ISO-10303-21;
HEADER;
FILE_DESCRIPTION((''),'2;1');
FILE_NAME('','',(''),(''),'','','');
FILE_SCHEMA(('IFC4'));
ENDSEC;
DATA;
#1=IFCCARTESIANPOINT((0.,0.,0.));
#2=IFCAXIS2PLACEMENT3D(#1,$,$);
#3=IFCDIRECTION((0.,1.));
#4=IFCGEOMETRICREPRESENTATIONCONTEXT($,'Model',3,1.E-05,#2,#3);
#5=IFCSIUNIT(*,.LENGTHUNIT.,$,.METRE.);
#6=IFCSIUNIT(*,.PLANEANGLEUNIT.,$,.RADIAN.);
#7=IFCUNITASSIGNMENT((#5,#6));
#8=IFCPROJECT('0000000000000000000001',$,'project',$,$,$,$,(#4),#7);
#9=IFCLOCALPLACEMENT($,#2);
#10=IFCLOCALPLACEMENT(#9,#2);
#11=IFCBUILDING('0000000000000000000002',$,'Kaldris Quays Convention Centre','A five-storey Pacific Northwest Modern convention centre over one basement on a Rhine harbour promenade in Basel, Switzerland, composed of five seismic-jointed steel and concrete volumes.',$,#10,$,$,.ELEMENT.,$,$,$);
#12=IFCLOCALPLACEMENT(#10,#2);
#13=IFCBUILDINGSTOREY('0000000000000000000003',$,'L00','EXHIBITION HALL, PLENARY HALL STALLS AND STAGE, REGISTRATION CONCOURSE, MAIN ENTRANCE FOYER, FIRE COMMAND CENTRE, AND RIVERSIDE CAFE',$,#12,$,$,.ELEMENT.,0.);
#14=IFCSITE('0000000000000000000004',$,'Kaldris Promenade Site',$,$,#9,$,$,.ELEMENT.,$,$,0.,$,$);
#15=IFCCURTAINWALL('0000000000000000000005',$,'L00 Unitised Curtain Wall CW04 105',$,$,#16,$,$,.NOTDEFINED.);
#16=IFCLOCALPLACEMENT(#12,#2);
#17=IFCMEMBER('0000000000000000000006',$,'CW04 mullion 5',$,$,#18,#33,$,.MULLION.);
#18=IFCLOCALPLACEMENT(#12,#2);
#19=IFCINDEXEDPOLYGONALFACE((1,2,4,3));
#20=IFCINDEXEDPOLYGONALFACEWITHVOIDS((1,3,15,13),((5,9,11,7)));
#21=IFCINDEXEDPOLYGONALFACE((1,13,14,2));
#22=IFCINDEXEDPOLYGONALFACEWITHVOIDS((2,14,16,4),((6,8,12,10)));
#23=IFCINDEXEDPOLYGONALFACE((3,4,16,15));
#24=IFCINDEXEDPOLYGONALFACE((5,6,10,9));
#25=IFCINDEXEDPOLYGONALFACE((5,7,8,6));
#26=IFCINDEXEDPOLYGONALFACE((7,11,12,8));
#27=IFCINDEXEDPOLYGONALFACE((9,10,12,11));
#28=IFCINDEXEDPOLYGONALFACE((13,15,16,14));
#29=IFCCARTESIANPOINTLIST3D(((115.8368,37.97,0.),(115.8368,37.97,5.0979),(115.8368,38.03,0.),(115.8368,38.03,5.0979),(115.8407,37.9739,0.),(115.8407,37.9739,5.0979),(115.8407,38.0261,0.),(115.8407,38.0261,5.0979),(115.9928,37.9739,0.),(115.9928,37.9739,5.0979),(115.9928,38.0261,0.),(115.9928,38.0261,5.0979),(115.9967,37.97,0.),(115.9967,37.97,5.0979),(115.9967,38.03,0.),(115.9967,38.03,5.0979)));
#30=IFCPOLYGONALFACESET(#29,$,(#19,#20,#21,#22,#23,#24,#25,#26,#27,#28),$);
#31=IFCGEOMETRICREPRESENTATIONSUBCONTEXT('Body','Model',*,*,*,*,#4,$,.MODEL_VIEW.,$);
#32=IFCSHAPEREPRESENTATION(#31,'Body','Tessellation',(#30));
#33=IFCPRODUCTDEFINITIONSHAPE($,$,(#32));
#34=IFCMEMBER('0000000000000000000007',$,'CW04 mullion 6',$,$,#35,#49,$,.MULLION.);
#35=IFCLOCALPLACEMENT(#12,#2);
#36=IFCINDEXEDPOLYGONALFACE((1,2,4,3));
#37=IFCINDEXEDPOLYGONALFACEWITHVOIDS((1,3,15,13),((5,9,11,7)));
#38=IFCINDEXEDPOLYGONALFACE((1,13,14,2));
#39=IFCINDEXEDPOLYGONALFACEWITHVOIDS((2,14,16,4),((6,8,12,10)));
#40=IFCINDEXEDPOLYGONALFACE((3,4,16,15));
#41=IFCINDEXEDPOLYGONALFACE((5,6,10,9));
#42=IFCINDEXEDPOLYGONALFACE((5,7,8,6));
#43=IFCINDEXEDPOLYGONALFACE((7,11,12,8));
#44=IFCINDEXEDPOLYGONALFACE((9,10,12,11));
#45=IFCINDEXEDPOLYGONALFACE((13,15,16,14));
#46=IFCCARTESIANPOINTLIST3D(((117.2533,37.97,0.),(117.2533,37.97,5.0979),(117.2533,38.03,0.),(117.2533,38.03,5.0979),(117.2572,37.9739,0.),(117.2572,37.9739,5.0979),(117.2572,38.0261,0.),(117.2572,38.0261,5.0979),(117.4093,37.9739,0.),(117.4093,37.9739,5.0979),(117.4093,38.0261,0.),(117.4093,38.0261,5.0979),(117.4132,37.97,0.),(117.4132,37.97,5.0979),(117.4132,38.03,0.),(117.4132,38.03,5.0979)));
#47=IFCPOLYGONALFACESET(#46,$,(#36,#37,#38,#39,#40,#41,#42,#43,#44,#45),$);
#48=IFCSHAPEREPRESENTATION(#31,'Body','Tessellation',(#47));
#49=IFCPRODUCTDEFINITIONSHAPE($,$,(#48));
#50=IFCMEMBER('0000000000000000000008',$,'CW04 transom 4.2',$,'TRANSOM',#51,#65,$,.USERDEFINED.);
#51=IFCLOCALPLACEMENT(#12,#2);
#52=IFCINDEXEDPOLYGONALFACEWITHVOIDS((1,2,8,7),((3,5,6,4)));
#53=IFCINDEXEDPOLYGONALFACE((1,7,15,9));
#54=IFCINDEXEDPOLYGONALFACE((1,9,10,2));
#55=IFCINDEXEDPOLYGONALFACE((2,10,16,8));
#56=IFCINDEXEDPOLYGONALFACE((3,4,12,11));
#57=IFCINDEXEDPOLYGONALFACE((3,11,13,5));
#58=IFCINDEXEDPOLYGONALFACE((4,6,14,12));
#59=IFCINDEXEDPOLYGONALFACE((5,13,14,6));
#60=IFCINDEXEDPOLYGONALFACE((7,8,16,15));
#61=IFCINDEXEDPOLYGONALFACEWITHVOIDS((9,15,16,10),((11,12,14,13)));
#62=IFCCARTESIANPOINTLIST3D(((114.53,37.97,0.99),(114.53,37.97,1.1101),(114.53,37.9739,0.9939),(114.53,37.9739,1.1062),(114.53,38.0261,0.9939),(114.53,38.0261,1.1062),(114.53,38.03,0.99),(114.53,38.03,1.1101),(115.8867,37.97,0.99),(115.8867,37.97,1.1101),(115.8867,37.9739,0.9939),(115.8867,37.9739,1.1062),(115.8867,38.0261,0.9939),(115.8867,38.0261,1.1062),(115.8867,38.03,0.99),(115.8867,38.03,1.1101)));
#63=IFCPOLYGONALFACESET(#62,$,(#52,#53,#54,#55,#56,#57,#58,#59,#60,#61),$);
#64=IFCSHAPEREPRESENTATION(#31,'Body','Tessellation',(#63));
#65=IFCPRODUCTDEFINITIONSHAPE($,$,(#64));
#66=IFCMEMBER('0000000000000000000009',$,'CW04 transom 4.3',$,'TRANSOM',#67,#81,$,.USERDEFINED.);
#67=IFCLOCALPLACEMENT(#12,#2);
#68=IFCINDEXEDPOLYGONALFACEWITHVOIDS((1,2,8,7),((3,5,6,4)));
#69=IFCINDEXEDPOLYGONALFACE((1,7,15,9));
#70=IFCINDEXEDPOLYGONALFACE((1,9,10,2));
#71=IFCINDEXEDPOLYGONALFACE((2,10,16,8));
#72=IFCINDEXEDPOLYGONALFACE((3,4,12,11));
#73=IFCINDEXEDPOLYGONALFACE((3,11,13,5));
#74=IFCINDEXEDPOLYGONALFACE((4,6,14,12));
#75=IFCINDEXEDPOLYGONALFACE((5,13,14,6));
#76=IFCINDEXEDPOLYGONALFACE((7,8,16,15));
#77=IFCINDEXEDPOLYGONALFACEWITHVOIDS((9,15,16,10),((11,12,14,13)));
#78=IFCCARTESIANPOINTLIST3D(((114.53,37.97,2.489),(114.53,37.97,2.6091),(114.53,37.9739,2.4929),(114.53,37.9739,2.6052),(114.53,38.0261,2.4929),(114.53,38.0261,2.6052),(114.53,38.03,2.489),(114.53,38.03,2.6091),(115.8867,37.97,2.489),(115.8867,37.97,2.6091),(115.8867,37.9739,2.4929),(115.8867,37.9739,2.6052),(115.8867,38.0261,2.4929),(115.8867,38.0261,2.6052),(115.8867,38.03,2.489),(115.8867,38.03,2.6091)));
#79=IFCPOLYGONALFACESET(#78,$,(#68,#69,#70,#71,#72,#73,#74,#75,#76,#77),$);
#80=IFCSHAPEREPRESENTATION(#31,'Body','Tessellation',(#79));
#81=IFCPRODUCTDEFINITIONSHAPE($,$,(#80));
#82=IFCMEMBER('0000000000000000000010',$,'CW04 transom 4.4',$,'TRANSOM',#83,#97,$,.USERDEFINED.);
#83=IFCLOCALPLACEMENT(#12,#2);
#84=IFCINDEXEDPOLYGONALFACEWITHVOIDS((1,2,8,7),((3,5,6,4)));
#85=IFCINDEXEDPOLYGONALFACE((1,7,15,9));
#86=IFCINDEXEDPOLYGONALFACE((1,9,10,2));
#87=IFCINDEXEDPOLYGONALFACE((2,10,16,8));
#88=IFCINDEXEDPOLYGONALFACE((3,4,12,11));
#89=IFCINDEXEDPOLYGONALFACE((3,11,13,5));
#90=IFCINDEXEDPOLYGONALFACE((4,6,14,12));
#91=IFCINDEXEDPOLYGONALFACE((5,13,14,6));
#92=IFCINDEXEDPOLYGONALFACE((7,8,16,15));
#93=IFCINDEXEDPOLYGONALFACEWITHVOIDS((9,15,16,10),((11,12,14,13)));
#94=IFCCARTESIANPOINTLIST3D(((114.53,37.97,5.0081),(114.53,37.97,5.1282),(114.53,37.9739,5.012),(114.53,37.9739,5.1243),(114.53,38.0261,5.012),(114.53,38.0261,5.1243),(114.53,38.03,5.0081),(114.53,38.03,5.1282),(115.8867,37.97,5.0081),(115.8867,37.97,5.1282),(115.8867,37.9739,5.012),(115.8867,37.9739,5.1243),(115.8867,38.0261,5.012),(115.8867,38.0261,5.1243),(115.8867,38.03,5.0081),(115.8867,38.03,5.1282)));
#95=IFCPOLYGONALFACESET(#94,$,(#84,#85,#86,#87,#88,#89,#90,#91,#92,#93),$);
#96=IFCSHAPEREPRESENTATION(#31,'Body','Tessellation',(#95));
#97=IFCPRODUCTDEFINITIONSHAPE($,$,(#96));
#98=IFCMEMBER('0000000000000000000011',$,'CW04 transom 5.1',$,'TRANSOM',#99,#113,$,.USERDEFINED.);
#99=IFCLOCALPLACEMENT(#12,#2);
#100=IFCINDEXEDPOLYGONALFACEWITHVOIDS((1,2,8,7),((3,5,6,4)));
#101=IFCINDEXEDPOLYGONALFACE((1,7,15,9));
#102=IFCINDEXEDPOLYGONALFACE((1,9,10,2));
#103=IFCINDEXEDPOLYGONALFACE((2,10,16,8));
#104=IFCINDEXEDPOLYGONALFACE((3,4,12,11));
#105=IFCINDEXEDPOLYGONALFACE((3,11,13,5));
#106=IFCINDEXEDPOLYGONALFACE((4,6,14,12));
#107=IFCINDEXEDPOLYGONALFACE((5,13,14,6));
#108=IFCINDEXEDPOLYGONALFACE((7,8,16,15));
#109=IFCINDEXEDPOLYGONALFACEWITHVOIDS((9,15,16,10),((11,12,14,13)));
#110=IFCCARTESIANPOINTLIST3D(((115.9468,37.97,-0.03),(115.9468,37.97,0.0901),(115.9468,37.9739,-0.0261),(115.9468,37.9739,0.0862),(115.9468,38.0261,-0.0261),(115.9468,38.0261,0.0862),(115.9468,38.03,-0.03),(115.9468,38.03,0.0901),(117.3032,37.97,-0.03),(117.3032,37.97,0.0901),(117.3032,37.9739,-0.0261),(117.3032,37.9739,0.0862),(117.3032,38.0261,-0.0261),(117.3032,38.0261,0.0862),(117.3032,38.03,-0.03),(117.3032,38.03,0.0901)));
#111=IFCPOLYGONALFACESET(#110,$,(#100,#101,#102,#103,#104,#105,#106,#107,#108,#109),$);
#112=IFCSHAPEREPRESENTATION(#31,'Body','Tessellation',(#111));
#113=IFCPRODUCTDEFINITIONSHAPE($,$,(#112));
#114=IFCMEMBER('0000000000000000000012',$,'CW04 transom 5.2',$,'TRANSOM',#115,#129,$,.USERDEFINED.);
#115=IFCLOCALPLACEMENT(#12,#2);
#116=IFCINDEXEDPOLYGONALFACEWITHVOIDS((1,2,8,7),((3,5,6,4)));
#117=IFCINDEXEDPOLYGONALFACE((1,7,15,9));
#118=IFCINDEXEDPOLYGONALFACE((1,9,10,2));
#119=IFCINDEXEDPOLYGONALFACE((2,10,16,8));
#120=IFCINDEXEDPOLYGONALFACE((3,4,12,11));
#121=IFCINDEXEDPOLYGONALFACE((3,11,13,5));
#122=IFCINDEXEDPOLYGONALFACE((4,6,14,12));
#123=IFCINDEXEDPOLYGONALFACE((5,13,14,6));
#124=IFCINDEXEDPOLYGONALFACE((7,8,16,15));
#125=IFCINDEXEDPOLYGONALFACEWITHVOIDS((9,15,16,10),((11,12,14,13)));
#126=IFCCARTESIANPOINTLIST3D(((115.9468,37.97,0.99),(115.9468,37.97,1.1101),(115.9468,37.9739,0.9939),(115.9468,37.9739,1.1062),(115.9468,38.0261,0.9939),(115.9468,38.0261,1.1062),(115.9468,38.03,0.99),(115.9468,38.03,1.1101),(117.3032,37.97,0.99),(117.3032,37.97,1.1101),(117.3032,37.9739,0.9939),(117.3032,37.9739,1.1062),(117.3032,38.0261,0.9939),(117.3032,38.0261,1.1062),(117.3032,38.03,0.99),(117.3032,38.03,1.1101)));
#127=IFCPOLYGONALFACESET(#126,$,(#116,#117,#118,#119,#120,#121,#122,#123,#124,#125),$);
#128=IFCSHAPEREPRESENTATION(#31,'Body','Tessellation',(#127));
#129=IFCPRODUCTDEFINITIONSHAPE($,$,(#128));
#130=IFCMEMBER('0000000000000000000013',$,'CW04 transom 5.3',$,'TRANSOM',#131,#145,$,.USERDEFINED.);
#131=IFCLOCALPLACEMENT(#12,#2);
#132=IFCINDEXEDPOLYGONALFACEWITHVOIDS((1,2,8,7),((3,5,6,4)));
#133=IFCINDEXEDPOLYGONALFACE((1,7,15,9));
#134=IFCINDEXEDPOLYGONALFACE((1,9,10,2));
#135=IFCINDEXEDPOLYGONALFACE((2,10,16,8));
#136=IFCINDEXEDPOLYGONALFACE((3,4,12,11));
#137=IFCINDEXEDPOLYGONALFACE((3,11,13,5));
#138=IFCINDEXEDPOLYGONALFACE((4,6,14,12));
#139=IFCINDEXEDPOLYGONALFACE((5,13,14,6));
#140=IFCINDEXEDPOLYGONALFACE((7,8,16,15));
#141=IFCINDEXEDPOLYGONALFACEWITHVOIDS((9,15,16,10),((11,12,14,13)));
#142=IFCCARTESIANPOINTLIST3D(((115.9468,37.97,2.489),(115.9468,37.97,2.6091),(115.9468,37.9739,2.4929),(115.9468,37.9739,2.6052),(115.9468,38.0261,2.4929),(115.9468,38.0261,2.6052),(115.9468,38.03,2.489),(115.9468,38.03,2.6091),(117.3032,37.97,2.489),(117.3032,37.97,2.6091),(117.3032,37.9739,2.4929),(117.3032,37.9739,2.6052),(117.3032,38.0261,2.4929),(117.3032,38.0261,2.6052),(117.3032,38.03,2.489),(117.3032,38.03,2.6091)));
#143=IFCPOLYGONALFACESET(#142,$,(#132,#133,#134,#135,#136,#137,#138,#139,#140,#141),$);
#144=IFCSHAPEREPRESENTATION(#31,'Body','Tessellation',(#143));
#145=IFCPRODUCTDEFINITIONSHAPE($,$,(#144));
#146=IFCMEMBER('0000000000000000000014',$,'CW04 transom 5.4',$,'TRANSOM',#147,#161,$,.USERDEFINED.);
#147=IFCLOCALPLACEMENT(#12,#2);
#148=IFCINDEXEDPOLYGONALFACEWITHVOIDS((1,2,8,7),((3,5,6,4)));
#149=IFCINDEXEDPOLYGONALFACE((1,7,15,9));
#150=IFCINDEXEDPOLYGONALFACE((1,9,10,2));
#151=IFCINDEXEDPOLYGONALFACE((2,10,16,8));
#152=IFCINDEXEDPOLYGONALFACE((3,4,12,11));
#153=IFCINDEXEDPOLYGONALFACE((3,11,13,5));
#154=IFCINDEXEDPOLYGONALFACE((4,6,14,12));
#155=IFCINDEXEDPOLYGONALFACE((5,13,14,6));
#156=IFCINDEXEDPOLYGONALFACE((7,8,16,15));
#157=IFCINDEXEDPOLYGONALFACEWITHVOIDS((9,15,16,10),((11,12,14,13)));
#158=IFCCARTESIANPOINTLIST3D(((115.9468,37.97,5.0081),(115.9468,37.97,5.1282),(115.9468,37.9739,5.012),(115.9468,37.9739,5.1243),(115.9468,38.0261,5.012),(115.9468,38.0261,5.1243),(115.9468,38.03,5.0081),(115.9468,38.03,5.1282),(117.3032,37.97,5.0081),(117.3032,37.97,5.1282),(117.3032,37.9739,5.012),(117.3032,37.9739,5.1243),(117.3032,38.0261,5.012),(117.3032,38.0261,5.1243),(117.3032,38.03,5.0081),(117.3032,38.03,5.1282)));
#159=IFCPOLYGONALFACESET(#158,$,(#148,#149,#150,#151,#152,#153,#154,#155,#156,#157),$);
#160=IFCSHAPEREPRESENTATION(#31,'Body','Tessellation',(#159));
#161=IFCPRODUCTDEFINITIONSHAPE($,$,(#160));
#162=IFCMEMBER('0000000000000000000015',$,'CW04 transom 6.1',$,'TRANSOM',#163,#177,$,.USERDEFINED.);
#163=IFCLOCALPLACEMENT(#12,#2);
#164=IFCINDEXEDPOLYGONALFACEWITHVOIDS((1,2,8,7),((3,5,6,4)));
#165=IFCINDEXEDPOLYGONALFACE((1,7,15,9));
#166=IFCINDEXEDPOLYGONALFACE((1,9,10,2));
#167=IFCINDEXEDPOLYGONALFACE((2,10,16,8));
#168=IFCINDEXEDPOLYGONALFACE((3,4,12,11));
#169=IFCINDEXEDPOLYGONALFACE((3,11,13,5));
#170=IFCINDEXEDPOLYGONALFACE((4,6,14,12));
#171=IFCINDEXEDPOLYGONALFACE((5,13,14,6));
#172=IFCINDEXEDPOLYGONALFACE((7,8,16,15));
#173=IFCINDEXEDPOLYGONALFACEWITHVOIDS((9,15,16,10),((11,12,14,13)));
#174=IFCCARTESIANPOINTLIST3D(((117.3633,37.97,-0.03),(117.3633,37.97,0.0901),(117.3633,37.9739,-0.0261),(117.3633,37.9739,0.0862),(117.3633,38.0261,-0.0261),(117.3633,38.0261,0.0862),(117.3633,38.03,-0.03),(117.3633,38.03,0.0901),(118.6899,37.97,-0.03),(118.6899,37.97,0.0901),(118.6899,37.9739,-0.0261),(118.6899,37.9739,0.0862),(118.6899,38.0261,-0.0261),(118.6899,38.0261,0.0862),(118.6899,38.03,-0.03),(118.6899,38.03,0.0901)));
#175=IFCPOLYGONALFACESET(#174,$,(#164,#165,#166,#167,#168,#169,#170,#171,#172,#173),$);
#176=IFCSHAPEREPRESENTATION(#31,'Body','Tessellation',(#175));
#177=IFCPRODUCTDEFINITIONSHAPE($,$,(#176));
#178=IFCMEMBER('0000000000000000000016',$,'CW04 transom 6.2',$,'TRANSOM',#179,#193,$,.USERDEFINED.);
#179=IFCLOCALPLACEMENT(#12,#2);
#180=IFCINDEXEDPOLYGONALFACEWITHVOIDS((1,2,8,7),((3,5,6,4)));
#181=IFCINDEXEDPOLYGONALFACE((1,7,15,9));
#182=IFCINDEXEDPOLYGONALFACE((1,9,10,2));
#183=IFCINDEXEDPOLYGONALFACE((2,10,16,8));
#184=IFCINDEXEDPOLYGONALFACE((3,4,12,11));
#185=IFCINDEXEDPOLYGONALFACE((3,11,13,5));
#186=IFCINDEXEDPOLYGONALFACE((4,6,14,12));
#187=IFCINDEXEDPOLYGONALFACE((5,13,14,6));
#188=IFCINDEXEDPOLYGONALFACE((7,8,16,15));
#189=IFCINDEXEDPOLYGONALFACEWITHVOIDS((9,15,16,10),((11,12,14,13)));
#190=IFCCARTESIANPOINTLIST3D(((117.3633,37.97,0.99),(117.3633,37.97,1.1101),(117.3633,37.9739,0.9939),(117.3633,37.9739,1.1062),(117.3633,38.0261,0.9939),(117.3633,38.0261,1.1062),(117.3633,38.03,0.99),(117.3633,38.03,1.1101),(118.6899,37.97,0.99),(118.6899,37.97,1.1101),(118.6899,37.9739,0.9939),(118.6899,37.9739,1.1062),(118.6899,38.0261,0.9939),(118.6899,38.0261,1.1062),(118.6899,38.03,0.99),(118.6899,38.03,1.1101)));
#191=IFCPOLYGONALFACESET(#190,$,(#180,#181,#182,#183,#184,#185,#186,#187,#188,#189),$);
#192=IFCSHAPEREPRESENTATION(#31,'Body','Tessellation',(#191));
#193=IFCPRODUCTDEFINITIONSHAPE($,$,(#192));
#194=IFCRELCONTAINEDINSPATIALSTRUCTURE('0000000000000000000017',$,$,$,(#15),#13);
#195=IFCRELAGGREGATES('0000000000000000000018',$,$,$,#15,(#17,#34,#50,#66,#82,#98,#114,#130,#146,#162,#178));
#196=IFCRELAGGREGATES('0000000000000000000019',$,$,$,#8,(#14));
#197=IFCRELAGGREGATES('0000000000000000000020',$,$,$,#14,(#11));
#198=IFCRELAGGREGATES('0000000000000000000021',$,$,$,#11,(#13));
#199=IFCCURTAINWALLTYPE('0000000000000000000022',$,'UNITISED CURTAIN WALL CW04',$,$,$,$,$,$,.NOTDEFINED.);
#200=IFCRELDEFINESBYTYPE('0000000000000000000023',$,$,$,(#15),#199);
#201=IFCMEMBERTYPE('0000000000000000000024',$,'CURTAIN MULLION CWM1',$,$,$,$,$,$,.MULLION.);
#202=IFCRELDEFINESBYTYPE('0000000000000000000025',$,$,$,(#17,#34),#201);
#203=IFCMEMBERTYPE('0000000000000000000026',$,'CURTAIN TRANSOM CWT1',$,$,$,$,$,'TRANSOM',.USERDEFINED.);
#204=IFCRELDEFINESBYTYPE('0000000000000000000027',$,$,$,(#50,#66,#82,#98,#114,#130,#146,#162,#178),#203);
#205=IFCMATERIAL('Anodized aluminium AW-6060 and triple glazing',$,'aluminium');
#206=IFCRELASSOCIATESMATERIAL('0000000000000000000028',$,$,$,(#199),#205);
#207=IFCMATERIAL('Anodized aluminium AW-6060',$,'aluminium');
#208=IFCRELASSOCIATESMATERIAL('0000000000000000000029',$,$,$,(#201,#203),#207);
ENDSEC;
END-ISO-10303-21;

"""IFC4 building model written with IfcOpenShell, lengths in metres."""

from ifc_helpers import new_model, si_unit, direction, frame, origin, origin_2d, place, context, subcontext, project, spatial, hollow_rectangle, extrude, material, material_profile, profile_set, type_object, element, aggregate, save


model = new_model("IFC4")

# Units and contexts
model_context = context("Model", 3, precision=1e-05, world=origin(), true_north=direction((0.0, 1.0)))
body_context = subcontext(model_context, "Body", "Model", "MODEL_VIEW")
ifc_project = project(units=[si_unit("LENGTHUNIT", "METRE"), si_unit("PLANEANGLEUNIT", "RADIAN")], contexts=[model_context])

# Site, building, storey
site_placement = place(None, origin())
site = spatial("IfcSite", under=ifc_project, at=site_placement, Name="Kaldris Promenade Site", CompositionType="ELEMENT", RefElevation=0.0)
building_placement = place(site_placement, origin())
building = spatial("IfcBuilding", under=site, at=building_placement, Name="Kaldris Quays Convention Centre", Description="A five-storey Pacific Northwest Modern convention centre over one basement on a Rhine harbour promenade in Basel, Switzerland, composed of five seismic-jointed steel and concrete volumes.", CompositionType="ELEMENT")
storey_placement = place(building_placement, origin())
storey = spatial("IfcBuildingStorey", under=building, at=storey_placement, Name="L00", Description="EXHIBITION HALL, PLENARY HALL STALLS AND STAGE, REGISTRATION CONCOURSE, MAIN ENTRANCE FOYER, FIRE COMMAND CENTRE, AND RIVERSIDE CAFE", CompositionType="ELEMENT", Elevation=0.0)

# Curtain wall, members
ifc_material_1 = material(Name="Anodized aluminium AW-6060 and triple glazing", Category="aluminium")
curtain_wall_type = type_object("IfcCurtainWallType", Name="UNITISED CURTAIN WALL CW04", PredefinedType="NOTDEFINED", material=ifc_material_1)
curtain_wall_placement = place(storey_placement, origin())
curtain_wall = element("IfcCurtainWall", 1, at=curtain_wall_placement, inside=storey, type_object=curtain_wall_type, Name="L00 Unitised Curtain Wall CW04 105", PredefinedType="NOTDEFINED")
ifc_material_2 = material(Name="Anodized aluminium AW-6060", Category="aluminium")
ifc_material_profile_1 = material_profile(ifc_material_2, hollow_rectangle(XDim=0.0601, YDim=0.1599, WallThickness=0.0039, at=origin_2d()), Name="RHS 160x60x4")
ifc_profile_set_1 = profile_set([ifc_material_profile_1], Name="Anodized aluminium AW-6060")
member_type_1 = type_object("IfcMemberType", Name="CURTAIN MULLION CWM1", PredefinedType="MULLION", material=ifc_profile_set_1)
member_1_placement = place(storey_placement, frame((115.9167, 38.0, 0.0), z_axis=(0.0, 0.0, 1.0), x_axis=(0.0, 1.0, 0.0)))
member_1 = element("IfcMember", 2, at=member_1_placement, type_object=member_type_1, Name="CW04 mullion 5", PredefinedType="MULLION", context=body_context, shape_type="SweptSolid", body=[
    extrude(hollow_rectangle(XDim=0.0601, YDim=0.1599, WallThickness=0.0039, at=origin_2d()), origin(), (0.0, 0.0, 1.0), 5.0979),
])
member_2_placement = place(storey_placement, frame((117.3333, 38.0, 0.0), z_axis=(0.0, 0.0, 1.0), x_axis=(0.0, 1.0, 0.0)))
member_2 = element("IfcMember", 3, at=member_2_placement, type_object=member_type_1, Name="CW04 mullion 6", PredefinedType="MULLION", context=body_context, shape_type="SweptSolid", body=[
    extrude(hollow_rectangle(XDim=0.0601, YDim=0.1599, WallThickness=0.0039, at=origin_2d()), origin(), (0.0, 0.0, 1.0), 5.0979),
])
ifc_material_profile_2 = material_profile(ifc_material_2, hollow_rectangle(XDim=0.0601, YDim=0.1201, WallThickness=0.0039, at=origin_2d()), Name="RHS 120x60x4")
ifc_profile_set_2 = profile_set([ifc_material_profile_2], Name="Anodized aluminium AW-6060")
member_type_2 = type_object("IfcMemberType", Name="CURTAIN TRANSOM CWT1", ElementType="TRANSOM", PredefinedType="USERDEFINED", material=ifc_profile_set_2)
member_3_placement = place(storey_placement, frame((114.53, 38.0, 1.05), z_axis=(1.0, 0.0, 0.0), x_axis=(0.0, 1.0, 0.0)))
member_3 = element("IfcMember", 4, at=member_3_placement, type_object=member_type_2, Name="CW04 transom 4.2", ObjectType="TRANSOM", PredefinedType="USERDEFINED", context=body_context, shape_type="SweptSolid", body=[
    extrude(hollow_rectangle(XDim=0.0601, YDim=0.1201, WallThickness=0.0039, at=origin_2d()), origin(), (0.0, 0.0, 1.0), 1.3567),
])
member_4_placement = place(storey_placement, frame((114.53, 38.0, 2.5491), z_axis=(1.0, 0.0, 0.0), x_axis=(0.0, 1.0, 0.0)))
member_4 = element("IfcMember", 5, at=member_4_placement, type_object=member_type_2, Name="CW04 transom 4.3", ObjectType="TRANSOM", PredefinedType="USERDEFINED", context=body_context, shape_type="SweptSolid", body=[
    extrude(hollow_rectangle(XDim=0.0601, YDim=0.1201, WallThickness=0.0039, at=origin_2d()), origin(), (0.0, 0.0, 1.0), 1.3567),
])
member_5_placement = place(storey_placement, frame((114.53, 38.0, 5.0681), z_axis=(1.0, 0.0, 0.0), x_axis=(0.0, 1.0, 0.0)))
member_5 = element("IfcMember", 6, at=member_5_placement, type_object=member_type_2, Name="CW04 transom 4.4", ObjectType="TRANSOM", PredefinedType="USERDEFINED", context=body_context, shape_type="SweptSolid", body=[
    extrude(hollow_rectangle(XDim=0.0601, YDim=0.1201, WallThickness=0.0039, at=origin_2d()), origin(), (0.0, 0.0, 1.0), 1.3567),
])
member_6_placement = place(storey_placement, frame((115.9468, 38.0, 0.03), z_axis=(1.0, 0.0, 0.0), x_axis=(0.0, 1.0, 0.0)))
member_6 = element("IfcMember", 7, at=member_6_placement, type_object=member_type_2, Name="CW04 transom 5.1", ObjectType="TRANSOM", PredefinedType="USERDEFINED", context=body_context, shape_type="SweptSolid", body=[
    extrude(hollow_rectangle(XDim=0.0601, YDim=0.1201, WallThickness=0.0039, at=origin_2d()), origin(), (0.0, 0.0, 1.0), 1.3564),
])
member_7_placement = place(storey_placement, frame((115.9468, 38.0, 1.05), z_axis=(1.0, 0.0, 0.0), x_axis=(0.0, 1.0, 0.0)))
member_7 = element("IfcMember", 8, at=member_7_placement, type_object=member_type_2, Name="CW04 transom 5.2", ObjectType="TRANSOM", PredefinedType="USERDEFINED", context=body_context, shape_type="SweptSolid", body=[
    extrude(hollow_rectangle(XDim=0.0601, YDim=0.1201, WallThickness=0.0039, at=origin_2d()), origin(), (0.0, 0.0, 1.0), 1.3564),
])
member_8_placement = place(storey_placement, frame((115.9468, 38.0, 2.5491), z_axis=(1.0, 0.0, 0.0), x_axis=(0.0, 1.0, 0.0)))
member_8 = element("IfcMember", 9, at=member_8_placement, type_object=member_type_2, Name="CW04 transom 5.3", ObjectType="TRANSOM", PredefinedType="USERDEFINED", context=body_context, shape_type="SweptSolid", body=[
    extrude(hollow_rectangle(XDim=0.0601, YDim=0.1201, WallThickness=0.0039, at=origin_2d()), origin(), (0.0, 0.0, 1.0), 1.3564),
])
member_9_placement = place(storey_placement, frame((115.9468, 38.0, 5.0681), z_axis=(1.0, 0.0, 0.0), x_axis=(0.0, 1.0, 0.0)))
member_9 = element("IfcMember", 10, at=member_9_placement, type_object=member_type_2, Name="CW04 transom 5.4", ObjectType="TRANSOM", PredefinedType="USERDEFINED", context=body_context, shape_type="SweptSolid", body=[
    extrude(hollow_rectangle(XDim=0.0601, YDim=0.1201, WallThickness=0.0039, at=origin_2d()), origin(), (0.0, 0.0, 1.0), 1.3564),
])
member_10_placement = place(storey_placement, frame((117.3633, 38.0, 0.03), z_axis=(1.0, 0.0, 0.0), x_axis=(0.0, 1.0, 0.0)))
member_10 = element("IfcMember", 11, at=member_10_placement, type_object=member_type_2, Name="CW04 transom 6.1", ObjectType="TRANSOM", PredefinedType="USERDEFINED", context=body_context, shape_type="SweptSolid", body=[
    extrude(hollow_rectangle(XDim=0.0601, YDim=0.1201, WallThickness=0.0039, at=origin_2d()), origin(), (0.0, 0.0, 1.0), 1.3267),
])
member_11_placement = place(storey_placement, frame((117.3633, 38.0, 1.05), z_axis=(1.0, 0.0, 0.0), x_axis=(0.0, 1.0, 0.0)))
member_11 = element("IfcMember", 12, at=member_11_placement, type_object=member_type_2, Name="CW04 transom 6.2", ObjectType="TRANSOM", PredefinedType="USERDEFINED", context=body_context, shape_type="SweptSolid", body=[
    extrude(hollow_rectangle(XDim=0.0601, YDim=0.1201, WallThickness=0.0039, at=origin_2d()), origin(), (0.0, 0.0, 1.0), 1.3267),
])
aggregate(curtain_wall, [member_1, member_2, member_3, member_4, member_5, member_6, member_7, member_8, member_9, member_10, member_11])

save(model, "model.ifc")
